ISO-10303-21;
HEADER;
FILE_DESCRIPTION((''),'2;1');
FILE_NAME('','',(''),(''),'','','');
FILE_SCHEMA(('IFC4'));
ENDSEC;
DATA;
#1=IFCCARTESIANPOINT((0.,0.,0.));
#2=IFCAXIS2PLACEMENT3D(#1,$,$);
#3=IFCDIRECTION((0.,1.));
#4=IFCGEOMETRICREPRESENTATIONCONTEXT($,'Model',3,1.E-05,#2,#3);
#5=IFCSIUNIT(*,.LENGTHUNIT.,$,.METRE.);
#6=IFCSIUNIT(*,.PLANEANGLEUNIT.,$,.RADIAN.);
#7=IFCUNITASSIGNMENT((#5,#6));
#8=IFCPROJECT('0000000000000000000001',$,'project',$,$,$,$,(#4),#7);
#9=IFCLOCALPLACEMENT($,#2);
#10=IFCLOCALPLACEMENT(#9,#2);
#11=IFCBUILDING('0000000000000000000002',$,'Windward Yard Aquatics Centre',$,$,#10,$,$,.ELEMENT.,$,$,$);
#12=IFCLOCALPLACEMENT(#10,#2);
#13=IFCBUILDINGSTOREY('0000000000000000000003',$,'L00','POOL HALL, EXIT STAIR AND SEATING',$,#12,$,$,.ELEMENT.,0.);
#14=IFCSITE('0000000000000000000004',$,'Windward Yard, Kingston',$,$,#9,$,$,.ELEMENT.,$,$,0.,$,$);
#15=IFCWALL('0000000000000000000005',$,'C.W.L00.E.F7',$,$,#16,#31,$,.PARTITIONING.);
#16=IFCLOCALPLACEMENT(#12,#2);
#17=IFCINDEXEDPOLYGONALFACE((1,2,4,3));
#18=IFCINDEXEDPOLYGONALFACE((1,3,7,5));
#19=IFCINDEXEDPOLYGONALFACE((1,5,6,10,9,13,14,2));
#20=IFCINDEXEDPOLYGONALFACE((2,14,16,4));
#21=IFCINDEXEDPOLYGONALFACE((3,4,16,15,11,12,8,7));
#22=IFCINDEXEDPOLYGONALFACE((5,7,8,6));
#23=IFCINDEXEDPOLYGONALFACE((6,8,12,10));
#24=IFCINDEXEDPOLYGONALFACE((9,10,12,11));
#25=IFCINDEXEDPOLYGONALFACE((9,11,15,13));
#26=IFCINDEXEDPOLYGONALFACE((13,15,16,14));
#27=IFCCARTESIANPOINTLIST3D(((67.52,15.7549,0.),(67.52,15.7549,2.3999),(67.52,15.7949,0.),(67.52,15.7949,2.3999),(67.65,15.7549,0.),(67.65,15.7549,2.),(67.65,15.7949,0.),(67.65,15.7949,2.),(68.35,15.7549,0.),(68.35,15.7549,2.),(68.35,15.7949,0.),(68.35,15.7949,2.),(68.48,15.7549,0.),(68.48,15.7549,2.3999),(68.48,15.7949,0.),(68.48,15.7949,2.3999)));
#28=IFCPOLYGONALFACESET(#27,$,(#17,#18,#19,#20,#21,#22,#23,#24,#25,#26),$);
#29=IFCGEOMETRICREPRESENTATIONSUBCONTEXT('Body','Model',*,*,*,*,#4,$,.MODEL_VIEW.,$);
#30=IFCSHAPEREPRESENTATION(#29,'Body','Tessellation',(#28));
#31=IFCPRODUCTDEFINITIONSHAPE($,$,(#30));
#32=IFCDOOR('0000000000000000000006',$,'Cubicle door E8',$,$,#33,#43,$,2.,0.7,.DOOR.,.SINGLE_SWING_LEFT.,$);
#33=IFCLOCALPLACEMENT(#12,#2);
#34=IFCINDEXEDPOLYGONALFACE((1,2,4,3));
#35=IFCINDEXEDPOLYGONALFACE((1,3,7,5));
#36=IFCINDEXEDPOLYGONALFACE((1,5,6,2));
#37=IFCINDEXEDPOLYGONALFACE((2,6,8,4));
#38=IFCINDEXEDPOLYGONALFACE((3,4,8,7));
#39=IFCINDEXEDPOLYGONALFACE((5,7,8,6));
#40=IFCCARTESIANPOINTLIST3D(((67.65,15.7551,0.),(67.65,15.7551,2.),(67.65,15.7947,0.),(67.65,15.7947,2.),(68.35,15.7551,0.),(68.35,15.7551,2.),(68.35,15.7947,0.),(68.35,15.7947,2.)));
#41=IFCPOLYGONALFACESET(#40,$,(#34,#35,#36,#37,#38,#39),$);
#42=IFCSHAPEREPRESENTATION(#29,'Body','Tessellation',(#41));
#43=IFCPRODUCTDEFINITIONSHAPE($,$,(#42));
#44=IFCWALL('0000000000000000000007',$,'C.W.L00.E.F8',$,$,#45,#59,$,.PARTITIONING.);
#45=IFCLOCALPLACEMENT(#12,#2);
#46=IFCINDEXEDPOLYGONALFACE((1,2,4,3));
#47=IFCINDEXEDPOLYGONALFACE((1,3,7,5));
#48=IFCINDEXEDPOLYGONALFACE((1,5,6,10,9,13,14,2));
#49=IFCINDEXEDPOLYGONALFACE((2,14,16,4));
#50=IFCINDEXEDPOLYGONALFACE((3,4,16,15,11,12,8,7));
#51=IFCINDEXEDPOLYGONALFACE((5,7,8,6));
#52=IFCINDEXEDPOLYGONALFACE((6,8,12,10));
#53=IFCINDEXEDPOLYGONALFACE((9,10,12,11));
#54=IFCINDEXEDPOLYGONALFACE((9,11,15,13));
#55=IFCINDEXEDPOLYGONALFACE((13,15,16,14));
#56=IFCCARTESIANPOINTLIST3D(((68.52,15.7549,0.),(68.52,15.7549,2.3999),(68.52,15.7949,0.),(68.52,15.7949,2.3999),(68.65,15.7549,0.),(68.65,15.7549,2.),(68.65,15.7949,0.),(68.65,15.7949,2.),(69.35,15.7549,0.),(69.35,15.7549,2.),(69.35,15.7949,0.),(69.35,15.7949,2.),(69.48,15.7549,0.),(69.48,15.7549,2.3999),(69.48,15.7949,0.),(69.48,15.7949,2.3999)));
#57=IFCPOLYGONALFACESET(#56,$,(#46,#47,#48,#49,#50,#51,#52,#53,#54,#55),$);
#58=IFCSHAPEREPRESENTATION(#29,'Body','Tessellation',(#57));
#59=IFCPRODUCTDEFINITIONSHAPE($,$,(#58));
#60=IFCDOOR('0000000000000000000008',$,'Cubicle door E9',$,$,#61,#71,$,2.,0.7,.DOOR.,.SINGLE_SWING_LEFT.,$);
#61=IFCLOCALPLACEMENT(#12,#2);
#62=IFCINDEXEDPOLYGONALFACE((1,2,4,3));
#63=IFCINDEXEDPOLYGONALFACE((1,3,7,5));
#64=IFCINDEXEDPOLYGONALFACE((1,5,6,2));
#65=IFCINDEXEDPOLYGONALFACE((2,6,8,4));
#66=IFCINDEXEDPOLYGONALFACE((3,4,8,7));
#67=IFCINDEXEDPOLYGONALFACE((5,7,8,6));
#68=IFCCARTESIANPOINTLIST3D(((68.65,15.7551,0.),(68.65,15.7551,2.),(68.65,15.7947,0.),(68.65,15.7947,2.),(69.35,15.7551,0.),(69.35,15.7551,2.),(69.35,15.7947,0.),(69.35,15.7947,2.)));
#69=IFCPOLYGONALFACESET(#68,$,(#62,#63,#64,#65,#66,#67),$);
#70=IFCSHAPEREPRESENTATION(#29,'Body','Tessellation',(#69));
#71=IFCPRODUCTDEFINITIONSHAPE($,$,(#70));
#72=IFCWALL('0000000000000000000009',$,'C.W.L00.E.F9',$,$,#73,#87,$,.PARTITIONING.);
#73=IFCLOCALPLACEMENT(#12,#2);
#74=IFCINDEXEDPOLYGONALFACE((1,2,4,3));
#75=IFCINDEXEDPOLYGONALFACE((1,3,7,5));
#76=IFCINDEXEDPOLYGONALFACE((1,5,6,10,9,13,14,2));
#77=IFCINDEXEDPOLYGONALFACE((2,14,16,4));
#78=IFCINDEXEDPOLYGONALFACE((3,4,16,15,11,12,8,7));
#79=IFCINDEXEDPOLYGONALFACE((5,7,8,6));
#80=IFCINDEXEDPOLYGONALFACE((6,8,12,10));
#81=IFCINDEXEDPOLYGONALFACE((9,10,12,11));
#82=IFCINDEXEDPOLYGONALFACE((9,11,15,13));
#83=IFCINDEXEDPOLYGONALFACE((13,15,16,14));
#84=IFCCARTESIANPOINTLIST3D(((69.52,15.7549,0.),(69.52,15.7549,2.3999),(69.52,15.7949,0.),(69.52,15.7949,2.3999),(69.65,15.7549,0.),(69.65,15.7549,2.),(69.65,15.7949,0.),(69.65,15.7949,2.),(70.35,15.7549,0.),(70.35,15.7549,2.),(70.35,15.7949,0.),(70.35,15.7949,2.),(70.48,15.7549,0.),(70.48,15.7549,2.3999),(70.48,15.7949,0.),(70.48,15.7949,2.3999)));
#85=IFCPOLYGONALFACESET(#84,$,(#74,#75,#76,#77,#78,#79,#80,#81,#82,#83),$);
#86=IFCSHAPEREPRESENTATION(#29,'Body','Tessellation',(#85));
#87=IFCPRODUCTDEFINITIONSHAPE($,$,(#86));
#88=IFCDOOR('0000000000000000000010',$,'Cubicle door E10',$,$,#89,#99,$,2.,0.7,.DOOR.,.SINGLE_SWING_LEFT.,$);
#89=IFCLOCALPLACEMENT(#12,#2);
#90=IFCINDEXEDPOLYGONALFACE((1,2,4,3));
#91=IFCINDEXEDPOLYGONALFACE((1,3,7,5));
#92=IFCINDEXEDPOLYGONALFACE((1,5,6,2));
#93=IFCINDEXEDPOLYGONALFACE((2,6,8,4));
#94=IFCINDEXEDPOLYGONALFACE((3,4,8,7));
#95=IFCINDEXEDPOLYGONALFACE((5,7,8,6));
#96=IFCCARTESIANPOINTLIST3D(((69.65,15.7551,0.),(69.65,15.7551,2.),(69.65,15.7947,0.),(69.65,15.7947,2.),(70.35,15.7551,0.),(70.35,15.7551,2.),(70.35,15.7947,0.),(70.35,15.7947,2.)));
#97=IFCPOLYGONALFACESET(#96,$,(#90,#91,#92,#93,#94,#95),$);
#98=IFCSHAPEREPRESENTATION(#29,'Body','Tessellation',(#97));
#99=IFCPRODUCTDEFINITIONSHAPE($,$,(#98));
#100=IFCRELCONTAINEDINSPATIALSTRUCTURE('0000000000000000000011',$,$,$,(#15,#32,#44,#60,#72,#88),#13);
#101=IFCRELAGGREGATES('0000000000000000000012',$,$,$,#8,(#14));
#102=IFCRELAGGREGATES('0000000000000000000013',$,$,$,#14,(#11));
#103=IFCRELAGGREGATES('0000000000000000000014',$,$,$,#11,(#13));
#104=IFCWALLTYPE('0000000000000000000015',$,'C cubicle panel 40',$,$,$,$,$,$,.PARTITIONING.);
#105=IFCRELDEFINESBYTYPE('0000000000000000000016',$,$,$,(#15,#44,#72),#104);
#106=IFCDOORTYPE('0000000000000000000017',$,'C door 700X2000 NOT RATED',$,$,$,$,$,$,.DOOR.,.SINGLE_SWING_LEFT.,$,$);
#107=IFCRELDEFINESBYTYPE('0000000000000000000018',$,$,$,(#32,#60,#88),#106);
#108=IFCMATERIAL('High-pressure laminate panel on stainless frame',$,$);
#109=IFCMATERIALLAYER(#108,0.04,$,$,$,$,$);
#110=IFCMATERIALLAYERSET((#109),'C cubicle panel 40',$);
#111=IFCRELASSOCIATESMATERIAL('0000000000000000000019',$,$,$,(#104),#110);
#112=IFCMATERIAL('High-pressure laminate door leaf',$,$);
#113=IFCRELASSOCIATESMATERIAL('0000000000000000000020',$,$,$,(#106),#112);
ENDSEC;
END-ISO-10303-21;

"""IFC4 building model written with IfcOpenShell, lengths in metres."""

from ifc_helpers import new_model, si_unit, direction, frame, frame_2d, origin, place, context, subcontext, project, spatial, rectangle, extrude, material, layer, layer_set, type_object, element, fill, save


model = new_model("IFC4")

# Units and contexts
model_context = context("Model", 3, precision=1e-05, world=origin(), true_north=direction((0.0, 1.0)))
body_context = subcontext(model_context, "Body", "Model", "MODEL_VIEW")
ifc_project = project(units=[si_unit("LENGTHUNIT", "METRE"), si_unit("PLANEANGLEUNIT", "RADIAN")], contexts=[model_context])

# Site, building, storey
site_placement = place(None, origin())
site = spatial("IfcSite", under=ifc_project, at=site_placement, Name="Windward Yard, Kingston", CompositionType="ELEMENT", RefElevation=0.0)
building_placement = place(site_placement, origin())
building = spatial("IfcBuilding", under=site, at=building_placement, Name="Windward Yard Aquatics Centre", CompositionType="ELEMENT")
storey_placement = place(building_placement, origin())
storey = spatial("IfcBuildingStorey", under=building, at=storey_placement, Name="L00", Description="POOL HALL, EXIT STAIR AND SEATING", CompositionType="ELEMENT", Elevation=0.0)

# Shared definitions
ifc_material_1 = material(Name="High-pressure laminate panel on stainless frame")
ifc_layer = layer(ifc_material_1, 0.04)
ifc_layer_set = layer_set([ifc_layer], Name="C cubicle panel 40")
wall_type = type_object("IfcWallType", Name="C cubicle panel 40", PredefinedType="PARTITIONING", material=ifc_layer_set)

# Walls, openings, doors
ifc_material_2 = material(Name="High-pressure laminate door leaf")
door_type = type_object("IfcDoorType", Name="C door 700X2000 NOT RATED", OperationType="SINGLE_SWING_LEFT", PredefinedType="DOOR", material=ifc_material_2)
wall_1_placement = place(storey_placement, frame((67.52, 15.7749, 0.0), z_axis=(0.0, 0.0, 1.0), x_axis=(1.0, 0.0, 0.0)))
wall_1 = element("IfcWall", 1, at=wall_1_placement, inside=storey, type_object=wall_type, Name="C.W.L00.E.F7", PredefinedType="PARTITIONING", context=body_context, shape_type="SweptSolid", body=[
    extrude(rectangle(XDim=0.96, YDim=0.04, at=frame_2d((0.48, 0.0))), origin(), (0.0, 0.0, 1.0), 2.3999),
])
opening_1_placement = place(wall_1_placement, frame((0.1299, 0.0, 0.0)))
opening_1 = element("IfcOpeningElement", 2, at=opening_1_placement, cuts=wall_1, PredefinedType="OPENING", context=body_context, shape_type="SweptSolid", body=[
    extrude(rectangle(XDim=0.7, YDim=2.0, at=frame_2d((0.3501, 1.0))), frame((0.0, 0.03, 0.0), z_axis=(0.0, -1.0, 0.0), x_axis=(1.0, 0.0, 0.0)), (0.0, 0.0, 1.0), 0.0601),
])
door_1_placement = place(opening_1_placement, origin())
door_1 = element("IfcDoor", 3, at=door_1_placement, inside=storey, type_object=door_type, Name="Cubicle door E8", OperationType="SINGLE_SWING_LEFT", OverallHeight=2.0, OverallWidth=0.7, PredefinedType="DOOR", context=body_context, shape_type="SweptSolid", body=[
    extrude(rectangle(XDim=0.7, YDim=2.0, at=frame_2d((0.3501, 1.0))), frame((0.0, 0.0198, 0.0), z_axis=(0.0, -1.0, 0.0), x_axis=(1.0, 0.0, 0.0)), (0.0, 0.0, 1.0), 0.0396),
])
fill(opening_1, door_1)
wall_2_placement = place(storey_placement, frame((68.52, 15.7749, 0.0), z_axis=(0.0, 0.0, 1.0), x_axis=(1.0, 0.0, 0.0)))
wall_2 = element("IfcWall", 4, at=wall_2_placement, inside=storey, type_object=wall_type, Name="C.W.L00.E.F8", PredefinedType="PARTITIONING", context=body_context, shape_type="SweptSolid", body=[
    extrude(rectangle(XDim=0.96, YDim=0.04, at=frame_2d((0.48, 0.0))), origin(), (0.0, 0.0, 1.0), 2.3999),
])
opening_2_placement = place(wall_2_placement, frame((0.1299, 0.0, 0.0)))
opening_2 = element("IfcOpeningElement", 5, at=opening_2_placement, cuts=wall_2, PredefinedType="OPENING", context=body_context, shape_type="SweptSolid", body=[
    extrude(rectangle(XDim=0.7, YDim=2.0, at=frame_2d((0.3501, 1.0))), frame((0.0, 0.03, 0.0), z_axis=(0.0, -1.0, 0.0), x_axis=(1.0, 0.0, 0.0)), (0.0, 0.0, 1.0), 0.0601),
])
door_2_placement = place(opening_2_placement, origin())
door_2 = element("IfcDoor", 6, at=door_2_placement, inside=storey, type_object=door_type, Name="Cubicle door E9", OperationType="SINGLE_SWING_LEFT", OverallHeight=2.0, OverallWidth=0.7, PredefinedType="DOOR", context=body_context, shape_type="SweptSolid", body=[
    extrude(rectangle(XDim=0.7, YDim=2.0, at=frame_2d((0.3501, 1.0))), frame((0.0, 0.0198, 0.0), z_axis=(0.0, -1.0, 0.0), x_axis=(1.0, 0.0, 0.0)), (0.0, 0.0, 1.0), 0.0396),
])
fill(opening_2, door_2)
wall_3_placement = place(storey_placement, frame((69.52, 15.7749, 0.0), z_axis=(0.0, 0.0, 1.0), x_axis=(1.0, 0.0, 0.0)))
wall_3 = element("IfcWall", 7, at=wall_3_placement, inside=storey, type_object=wall_type, Name="C.W.L00.E.F9", PredefinedType="PARTITIONING", context=body_context, shape_type="SweptSolid", body=[
    extrude(rectangle(XDim=0.96, YDim=0.04, at=frame_2d((0.48, 0.0))), origin(), (0.0, 0.0, 1.0), 2.3999),
])
opening_3_placement = place(wall_3_placement, frame((0.1299, 0.0, 0.0)))
opening_3 = element("IfcOpeningElement", 8, at=opening_3_placement, cuts=wall_3, PredefinedType="OPENING", context=body_context, shape_type="SweptSolid", body=[
    extrude(rectangle(XDim=0.7, YDim=2.0, at=frame_2d((0.3501, 1.0))), frame((0.0, 0.03, 0.0), z_axis=(0.0, -1.0, 0.0), x_axis=(1.0, 0.0, 0.0)), (0.0, 0.0, 1.0), 0.0601),
])
door_3_placement = place(opening_3_placement, origin())
door_3 = element("IfcDoor", 9, at=door_3_placement, inside=storey, type_object=door_type, Name="Cubicle door E10", OperationType="SINGLE_SWING_LEFT", OverallHeight=2.0, OverallWidth=0.7, PredefinedType="DOOR", context=body_context, shape_type="SweptSolid", body=[
    extrude(rectangle(XDim=0.7, YDim=2.0, at=frame_2d((0.3501, 1.0))), frame((0.0, 0.0198, 0.0), z_axis=(0.0, -1.0, 0.0), x_axis=(1.0, 0.0, 0.0)), (0.0, 0.0, 1.0), 0.0396),
])
fill(opening_3, door_3)

save(model, "model.ifc")
